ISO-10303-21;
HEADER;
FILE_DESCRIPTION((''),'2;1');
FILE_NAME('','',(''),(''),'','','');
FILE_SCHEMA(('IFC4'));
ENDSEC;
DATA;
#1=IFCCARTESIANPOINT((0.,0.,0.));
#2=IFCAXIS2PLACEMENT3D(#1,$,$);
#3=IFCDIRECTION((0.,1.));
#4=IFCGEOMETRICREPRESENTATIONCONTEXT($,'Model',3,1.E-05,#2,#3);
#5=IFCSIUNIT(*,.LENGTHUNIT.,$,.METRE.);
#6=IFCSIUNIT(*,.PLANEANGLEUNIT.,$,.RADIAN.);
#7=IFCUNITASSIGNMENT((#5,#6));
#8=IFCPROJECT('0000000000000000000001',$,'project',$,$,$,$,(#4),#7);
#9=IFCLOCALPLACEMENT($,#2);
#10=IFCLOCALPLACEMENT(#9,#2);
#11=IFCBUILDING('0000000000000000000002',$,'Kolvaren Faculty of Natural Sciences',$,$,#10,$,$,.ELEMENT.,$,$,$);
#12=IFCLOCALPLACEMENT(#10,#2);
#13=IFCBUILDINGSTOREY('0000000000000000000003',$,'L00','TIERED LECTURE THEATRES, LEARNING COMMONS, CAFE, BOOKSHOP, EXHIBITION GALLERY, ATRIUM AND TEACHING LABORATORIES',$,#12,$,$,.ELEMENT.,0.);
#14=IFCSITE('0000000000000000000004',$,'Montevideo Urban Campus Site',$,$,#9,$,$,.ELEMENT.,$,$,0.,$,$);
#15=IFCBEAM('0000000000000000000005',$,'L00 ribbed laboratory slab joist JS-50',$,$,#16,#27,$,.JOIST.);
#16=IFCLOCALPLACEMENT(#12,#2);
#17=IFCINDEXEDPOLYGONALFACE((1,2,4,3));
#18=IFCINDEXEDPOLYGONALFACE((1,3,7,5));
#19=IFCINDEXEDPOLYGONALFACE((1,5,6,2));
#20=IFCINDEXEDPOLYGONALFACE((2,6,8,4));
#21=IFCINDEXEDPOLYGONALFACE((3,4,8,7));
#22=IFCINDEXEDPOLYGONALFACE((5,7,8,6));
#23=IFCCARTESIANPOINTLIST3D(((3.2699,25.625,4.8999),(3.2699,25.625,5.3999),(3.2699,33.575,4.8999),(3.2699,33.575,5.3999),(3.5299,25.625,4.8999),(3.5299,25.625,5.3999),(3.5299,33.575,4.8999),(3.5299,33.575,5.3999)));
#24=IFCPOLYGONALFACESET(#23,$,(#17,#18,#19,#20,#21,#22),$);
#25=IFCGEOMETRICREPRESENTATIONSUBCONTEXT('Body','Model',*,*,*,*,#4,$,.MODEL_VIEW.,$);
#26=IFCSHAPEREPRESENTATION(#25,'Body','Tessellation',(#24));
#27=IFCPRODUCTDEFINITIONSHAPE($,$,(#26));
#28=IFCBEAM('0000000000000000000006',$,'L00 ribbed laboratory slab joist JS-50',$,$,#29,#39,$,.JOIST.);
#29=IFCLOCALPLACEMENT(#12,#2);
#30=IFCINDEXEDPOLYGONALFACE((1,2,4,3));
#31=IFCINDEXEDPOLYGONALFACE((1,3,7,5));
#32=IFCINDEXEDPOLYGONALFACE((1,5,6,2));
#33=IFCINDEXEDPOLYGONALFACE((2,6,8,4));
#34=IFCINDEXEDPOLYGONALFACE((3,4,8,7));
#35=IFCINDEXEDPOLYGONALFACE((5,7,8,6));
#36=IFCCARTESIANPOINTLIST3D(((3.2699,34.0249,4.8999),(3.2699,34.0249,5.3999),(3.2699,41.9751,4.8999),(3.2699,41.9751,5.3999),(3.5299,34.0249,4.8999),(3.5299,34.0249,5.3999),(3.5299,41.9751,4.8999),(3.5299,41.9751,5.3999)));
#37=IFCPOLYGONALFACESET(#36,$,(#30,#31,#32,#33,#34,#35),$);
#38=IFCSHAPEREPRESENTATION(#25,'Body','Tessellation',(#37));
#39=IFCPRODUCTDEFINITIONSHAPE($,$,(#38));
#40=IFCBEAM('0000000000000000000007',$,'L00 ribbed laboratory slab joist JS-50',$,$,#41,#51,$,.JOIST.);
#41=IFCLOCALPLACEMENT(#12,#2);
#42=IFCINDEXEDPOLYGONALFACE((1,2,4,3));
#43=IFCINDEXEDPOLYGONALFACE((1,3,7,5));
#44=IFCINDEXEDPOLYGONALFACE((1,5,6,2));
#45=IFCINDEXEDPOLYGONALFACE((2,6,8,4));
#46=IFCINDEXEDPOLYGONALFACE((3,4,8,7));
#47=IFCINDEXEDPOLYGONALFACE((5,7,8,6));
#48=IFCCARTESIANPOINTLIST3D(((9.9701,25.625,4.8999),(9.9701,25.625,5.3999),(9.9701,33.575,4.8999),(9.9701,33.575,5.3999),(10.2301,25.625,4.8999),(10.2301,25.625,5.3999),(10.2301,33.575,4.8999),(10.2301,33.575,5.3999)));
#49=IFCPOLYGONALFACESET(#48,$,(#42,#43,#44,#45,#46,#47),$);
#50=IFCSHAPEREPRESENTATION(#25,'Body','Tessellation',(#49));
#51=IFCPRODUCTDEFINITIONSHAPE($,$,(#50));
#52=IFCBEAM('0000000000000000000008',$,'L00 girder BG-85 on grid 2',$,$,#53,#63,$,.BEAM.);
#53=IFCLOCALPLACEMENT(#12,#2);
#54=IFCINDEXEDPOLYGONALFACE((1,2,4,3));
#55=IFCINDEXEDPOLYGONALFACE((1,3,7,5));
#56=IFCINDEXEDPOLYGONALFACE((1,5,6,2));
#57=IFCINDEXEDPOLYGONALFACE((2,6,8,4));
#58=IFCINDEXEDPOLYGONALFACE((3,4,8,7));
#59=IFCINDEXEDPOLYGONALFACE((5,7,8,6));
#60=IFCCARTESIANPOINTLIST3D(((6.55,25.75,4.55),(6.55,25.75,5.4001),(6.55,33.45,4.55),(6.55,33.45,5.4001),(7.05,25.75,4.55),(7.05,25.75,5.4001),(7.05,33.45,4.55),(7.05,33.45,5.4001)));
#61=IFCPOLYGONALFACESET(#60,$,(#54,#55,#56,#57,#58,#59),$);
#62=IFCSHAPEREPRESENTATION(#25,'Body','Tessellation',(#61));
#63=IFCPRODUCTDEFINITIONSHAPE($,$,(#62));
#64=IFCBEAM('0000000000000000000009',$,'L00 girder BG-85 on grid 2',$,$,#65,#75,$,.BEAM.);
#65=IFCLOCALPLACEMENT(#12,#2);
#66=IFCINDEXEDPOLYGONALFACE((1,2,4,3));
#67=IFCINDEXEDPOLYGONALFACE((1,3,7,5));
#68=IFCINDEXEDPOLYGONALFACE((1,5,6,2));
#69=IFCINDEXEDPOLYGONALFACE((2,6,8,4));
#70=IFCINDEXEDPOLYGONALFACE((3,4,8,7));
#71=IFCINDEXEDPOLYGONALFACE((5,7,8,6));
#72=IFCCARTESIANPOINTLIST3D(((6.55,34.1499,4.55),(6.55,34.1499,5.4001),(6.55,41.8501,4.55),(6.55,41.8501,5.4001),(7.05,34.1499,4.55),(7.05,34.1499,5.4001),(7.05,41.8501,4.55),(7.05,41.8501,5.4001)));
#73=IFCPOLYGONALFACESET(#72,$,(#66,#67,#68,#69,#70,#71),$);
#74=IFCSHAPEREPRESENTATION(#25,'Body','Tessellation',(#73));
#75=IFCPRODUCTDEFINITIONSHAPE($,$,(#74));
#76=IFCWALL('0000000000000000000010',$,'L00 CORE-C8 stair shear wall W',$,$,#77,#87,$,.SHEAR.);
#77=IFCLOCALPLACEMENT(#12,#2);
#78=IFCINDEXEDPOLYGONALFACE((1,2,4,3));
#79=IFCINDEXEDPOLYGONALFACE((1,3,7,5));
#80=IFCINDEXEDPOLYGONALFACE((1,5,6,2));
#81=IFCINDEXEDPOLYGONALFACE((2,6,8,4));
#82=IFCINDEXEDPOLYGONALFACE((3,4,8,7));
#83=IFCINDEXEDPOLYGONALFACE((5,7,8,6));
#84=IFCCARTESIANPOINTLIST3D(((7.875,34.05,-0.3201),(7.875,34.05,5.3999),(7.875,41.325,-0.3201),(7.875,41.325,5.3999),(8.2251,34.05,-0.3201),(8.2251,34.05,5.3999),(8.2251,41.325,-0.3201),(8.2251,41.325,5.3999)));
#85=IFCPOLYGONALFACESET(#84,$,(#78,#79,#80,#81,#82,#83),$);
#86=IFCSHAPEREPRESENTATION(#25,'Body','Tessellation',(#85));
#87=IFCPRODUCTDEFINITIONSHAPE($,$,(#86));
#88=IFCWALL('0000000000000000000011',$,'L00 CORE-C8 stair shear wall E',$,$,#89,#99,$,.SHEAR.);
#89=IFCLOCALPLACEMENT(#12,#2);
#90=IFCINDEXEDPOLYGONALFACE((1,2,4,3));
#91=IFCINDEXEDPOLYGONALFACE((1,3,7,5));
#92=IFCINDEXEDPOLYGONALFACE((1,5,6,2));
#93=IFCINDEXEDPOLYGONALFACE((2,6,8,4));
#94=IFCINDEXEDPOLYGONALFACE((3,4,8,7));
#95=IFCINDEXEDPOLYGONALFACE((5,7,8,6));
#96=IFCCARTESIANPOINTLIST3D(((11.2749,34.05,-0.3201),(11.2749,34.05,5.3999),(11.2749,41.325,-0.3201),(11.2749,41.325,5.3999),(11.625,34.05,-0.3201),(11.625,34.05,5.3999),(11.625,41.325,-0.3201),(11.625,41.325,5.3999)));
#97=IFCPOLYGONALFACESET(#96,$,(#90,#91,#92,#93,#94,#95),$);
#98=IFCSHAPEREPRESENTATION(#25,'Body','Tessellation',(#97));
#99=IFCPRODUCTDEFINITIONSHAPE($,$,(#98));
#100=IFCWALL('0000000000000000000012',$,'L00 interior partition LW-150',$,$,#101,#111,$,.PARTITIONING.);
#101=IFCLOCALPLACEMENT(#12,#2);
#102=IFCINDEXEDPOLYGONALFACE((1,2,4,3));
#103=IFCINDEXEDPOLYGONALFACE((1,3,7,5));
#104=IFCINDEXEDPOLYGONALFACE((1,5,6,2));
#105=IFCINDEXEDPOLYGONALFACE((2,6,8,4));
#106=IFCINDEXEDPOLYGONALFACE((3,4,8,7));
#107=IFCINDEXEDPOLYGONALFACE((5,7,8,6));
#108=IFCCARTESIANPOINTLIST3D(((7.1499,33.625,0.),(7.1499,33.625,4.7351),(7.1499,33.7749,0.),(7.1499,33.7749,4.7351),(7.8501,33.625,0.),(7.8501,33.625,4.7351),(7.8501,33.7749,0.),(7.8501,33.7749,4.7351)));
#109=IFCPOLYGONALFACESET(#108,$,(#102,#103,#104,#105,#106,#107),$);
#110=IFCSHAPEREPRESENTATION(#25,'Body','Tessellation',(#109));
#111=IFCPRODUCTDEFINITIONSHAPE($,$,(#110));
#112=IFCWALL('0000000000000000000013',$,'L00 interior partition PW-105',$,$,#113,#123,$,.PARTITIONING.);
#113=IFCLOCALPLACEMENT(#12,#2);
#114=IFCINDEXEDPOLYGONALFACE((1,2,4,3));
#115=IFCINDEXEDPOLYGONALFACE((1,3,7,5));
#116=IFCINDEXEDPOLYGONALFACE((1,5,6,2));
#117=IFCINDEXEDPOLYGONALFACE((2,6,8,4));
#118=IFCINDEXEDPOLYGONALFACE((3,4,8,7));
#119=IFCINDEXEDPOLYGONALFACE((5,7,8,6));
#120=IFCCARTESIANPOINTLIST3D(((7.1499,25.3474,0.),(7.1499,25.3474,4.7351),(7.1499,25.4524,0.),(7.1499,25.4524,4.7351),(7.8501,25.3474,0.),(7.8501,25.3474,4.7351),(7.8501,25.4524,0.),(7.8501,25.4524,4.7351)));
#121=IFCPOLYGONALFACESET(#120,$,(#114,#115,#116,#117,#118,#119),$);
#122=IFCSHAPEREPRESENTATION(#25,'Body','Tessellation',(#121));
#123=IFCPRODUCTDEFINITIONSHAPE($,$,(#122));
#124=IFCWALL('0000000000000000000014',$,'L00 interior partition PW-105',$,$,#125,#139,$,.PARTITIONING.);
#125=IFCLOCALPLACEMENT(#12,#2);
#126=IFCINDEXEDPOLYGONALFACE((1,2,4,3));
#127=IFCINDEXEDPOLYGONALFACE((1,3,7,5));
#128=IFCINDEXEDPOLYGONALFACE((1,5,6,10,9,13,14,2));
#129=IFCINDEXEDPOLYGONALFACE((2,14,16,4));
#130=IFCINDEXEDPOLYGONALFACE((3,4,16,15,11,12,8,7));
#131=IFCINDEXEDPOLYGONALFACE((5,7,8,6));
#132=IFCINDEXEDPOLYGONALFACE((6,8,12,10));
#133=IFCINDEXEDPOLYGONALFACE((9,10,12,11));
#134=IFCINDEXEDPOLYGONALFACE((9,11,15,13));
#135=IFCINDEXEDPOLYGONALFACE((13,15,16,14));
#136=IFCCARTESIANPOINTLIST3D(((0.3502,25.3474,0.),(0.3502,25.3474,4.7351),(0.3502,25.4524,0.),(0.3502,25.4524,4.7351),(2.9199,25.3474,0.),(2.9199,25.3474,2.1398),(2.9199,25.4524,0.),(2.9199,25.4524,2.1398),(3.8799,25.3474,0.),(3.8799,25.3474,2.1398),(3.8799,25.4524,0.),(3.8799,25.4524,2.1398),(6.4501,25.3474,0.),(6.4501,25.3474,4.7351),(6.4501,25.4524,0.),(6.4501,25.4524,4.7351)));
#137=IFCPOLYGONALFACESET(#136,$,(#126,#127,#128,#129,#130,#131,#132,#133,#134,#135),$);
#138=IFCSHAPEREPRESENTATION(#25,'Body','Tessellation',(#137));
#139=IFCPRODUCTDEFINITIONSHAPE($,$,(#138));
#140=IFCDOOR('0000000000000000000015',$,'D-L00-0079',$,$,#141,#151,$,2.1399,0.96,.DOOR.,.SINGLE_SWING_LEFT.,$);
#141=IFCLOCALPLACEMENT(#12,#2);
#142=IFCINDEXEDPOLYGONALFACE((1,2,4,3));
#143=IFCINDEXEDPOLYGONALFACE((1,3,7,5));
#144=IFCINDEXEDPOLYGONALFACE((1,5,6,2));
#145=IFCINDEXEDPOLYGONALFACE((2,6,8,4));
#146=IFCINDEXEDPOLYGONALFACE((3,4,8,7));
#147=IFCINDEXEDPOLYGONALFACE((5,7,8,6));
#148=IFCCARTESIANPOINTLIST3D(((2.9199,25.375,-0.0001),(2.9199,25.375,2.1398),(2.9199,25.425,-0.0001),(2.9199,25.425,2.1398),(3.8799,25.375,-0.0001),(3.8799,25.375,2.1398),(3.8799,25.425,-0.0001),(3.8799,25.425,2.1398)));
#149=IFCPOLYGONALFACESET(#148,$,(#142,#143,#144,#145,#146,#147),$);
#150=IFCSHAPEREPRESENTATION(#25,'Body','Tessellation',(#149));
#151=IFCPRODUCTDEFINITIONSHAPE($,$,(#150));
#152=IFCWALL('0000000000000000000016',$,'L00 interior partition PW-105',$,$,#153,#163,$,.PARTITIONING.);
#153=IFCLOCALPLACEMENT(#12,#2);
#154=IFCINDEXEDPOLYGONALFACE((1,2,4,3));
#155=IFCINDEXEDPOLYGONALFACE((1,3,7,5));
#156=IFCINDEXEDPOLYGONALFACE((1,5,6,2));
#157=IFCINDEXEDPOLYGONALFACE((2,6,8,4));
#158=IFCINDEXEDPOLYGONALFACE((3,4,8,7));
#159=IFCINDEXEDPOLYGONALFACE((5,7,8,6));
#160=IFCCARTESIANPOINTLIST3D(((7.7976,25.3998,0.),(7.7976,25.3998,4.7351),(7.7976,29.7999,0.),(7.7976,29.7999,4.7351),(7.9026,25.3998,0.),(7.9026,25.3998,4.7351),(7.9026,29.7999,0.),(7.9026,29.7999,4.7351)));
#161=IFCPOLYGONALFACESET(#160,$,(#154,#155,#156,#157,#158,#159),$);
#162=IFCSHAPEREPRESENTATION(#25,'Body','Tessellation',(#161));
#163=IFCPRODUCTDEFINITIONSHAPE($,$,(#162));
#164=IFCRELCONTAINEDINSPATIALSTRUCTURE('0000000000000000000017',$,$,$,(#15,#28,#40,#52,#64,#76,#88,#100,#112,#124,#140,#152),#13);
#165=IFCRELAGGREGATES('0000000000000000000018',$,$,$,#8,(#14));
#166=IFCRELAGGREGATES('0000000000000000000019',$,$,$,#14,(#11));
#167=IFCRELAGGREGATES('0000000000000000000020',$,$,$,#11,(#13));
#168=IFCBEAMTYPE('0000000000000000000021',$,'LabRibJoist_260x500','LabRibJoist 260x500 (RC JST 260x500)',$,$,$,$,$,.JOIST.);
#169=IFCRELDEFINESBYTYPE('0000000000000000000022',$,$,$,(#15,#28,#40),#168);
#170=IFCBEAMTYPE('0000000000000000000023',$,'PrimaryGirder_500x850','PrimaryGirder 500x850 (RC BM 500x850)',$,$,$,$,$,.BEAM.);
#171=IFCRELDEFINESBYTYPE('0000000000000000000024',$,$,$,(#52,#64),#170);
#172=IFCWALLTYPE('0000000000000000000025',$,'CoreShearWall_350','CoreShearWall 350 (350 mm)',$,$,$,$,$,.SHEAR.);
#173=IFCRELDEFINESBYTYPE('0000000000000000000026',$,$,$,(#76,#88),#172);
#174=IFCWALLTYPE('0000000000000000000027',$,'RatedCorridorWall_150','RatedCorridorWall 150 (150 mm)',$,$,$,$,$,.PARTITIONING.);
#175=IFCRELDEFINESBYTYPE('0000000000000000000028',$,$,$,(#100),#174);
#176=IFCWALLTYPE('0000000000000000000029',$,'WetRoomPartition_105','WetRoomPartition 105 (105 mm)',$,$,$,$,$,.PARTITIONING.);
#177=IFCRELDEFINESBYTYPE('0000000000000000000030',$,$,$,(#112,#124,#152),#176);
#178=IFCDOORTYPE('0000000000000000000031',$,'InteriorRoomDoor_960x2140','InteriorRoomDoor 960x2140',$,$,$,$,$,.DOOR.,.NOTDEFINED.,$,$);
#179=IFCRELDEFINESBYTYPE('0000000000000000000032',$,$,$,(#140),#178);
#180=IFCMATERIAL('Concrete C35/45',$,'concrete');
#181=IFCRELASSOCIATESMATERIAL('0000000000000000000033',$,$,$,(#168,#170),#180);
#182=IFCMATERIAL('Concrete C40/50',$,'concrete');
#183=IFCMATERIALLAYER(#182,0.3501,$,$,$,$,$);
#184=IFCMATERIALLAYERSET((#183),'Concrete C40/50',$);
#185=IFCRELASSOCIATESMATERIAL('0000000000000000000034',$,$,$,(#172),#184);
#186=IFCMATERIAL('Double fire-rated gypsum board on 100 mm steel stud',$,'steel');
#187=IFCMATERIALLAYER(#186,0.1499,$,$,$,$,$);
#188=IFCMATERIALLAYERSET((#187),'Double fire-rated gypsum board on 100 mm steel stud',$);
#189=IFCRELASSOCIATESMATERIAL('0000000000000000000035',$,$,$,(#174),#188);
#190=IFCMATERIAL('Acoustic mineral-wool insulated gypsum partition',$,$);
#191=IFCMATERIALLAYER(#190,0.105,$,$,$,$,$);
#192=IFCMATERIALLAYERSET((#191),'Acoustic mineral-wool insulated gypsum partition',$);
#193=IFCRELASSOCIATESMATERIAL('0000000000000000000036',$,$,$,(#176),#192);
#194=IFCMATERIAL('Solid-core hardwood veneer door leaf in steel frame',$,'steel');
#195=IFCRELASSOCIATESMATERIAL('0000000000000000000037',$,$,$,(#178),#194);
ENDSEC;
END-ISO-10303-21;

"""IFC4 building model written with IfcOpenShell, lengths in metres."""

from ifc_helpers import new_model, si_unit, direction, frame, frame_2d, origin, origin_2d, place, context, subcontext, project, spatial, rectangle, extrude, material, layer, layer_set, material_profile, profile_set, type_object, element, fill, save


model = new_model("IFC4")

# Units and contexts
model_context = context("Model", 3, precision=1e-05, world=origin(), true_north=direction((0.0, 1.0)))
body_context = subcontext(model_context, "Body", "Model", "MODEL_VIEW")
ifc_project = project(units=[si_unit("LENGTHUNIT", "METRE"), si_unit("PLANEANGLEUNIT", "RADIAN")], contexts=[model_context])

# Site, building, storey
site_placement = place(None, origin())
site = spatial("IfcSite", under=ifc_project, at=site_placement, Name="Montevideo Urban Campus Site", CompositionType="ELEMENT", RefElevation=0.0)
building_placement = place(site_placement, origin())
building = spatial("IfcBuilding", under=site, at=building_placement, Name="Kolvaren Faculty of Natural Sciences", CompositionType="ELEMENT")
storey_placement = place(building_placement, origin())
storey = spatial("IfcBuildingStorey", under=building, at=storey_placement, Name="L00", Description="TIERED LECTURE THEATRES, LEARNING COMMONS, CAFE, BOOKSHOP, EXHIBITION GALLERY, ATRIUM AND TEACHING LABORATORIES", CompositionType="ELEMENT", Elevation=0.0)

# Shared definitions
ifc_material_1 = material(Name="Concrete C35/45", Category="concrete")

# Shared definitions
ifc_material_2 = material(Name="Concrete C40/50", Category="concrete")

# Beams
ifc_material_profile_1 = material_profile(ifc_material_1, rectangle(XDim=0.26, YDim=0.5, at=origin_2d()), Name="RC JST 260x500")
ifc_profile_set_1 = profile_set([ifc_material_profile_1], Name="Concrete C35/45")
beam_type_1 = type_object("IfcBeamType", Name="LabRibJoist_260x500", Description="LabRibJoist 260x500 (RC JST 260x500)", PredefinedType="JOIST", material=ifc_profile_set_1)
beam_1_placement = place(storey_placement, frame((3.3999, 25.625, 5.1499), z_axis=(0.0, 1.0, 0.0), x_axis=(-1.0, 0.0, 0.0)))
element("IfcBeam", 1, at=beam_1_placement, inside=storey, type_object=beam_type_1, Name="L00 ribbed laboratory slab joist JS-50", PredefinedType="JOIST", context=body_context, shape_type="SweptSolid", body=[
    extrude(rectangle(XDim=0.26, YDim=0.5, at=origin_2d()), origin(), (0.0, 0.0, 1.0), 7.95),
])
beam_2_placement = place(storey_placement, frame((3.3999, 34.0249, 5.1499), z_axis=(0.0, 1.0, 0.0), x_axis=(-1.0, 0.0, 0.0)))
element("IfcBeam", 2, at=beam_2_placement, inside=storey, type_object=beam_type_1, Name="L00 ribbed laboratory slab joist JS-50", PredefinedType="JOIST", context=body_context, shape_type="SweptSolid", body=[
    extrude(rectangle(XDim=0.26, YDim=0.5, at=origin_2d()), origin(), (0.0, 0.0, 1.0), 7.9502),
])
beam_3_placement = place(storey_placement, frame((10.1001, 25.625, 5.1499), z_axis=(0.0, 1.0, 0.0), x_axis=(-1.0, 0.0, 0.0)))
element("IfcBeam", 3, at=beam_3_placement, inside=storey, type_object=beam_type_1, Name="L00 ribbed laboratory slab joist JS-50", PredefinedType="JOIST", context=body_context, shape_type="SweptSolid", body=[
    extrude(rectangle(XDim=0.26, YDim=0.5, at=origin_2d()), origin(), (0.0, 0.0, 1.0), 7.95),
])
ifc_material_profile_2 = material_profile(ifc_material_1, rectangle(XDim=0.5, YDim=0.8501, at=origin_2d()), Name="RC BM 500x850")
ifc_profile_set_2 = profile_set([ifc_material_profile_2], Name="Concrete C35/45")
beam_type_2 = type_object("IfcBeamType", Name="PrimaryGirder_500x850", Description="PrimaryGirder 500x850 (RC BM 500x850)", PredefinedType="BEAM", material=ifc_profile_set_2)
beam_4_placement = place(storey_placement, frame((6.8, 25.75, 4.9751), z_axis=(0.0, 1.0, 0.0), x_axis=(-1.0, 0.0, 0.0)))
element("IfcBeam", 4, at=beam_4_placement, inside=storey, type_object=beam_type_2, Name="L00 girder BG-85 on grid 2", PredefinedType="BEAM", context=body_context, shape_type="SweptSolid", body=[
    extrude(rectangle(XDim=0.5, YDim=0.8501, at=origin_2d()), origin(), (0.0, 0.0, 1.0), 7.7),
])
beam_5_placement = place(storey_placement, frame((6.8, 34.1499, 4.9751), z_axis=(0.0, 1.0, 0.0), x_axis=(-1.0, 0.0, 0.0)))
element("IfcBeam", 5, at=beam_5_placement, inside=storey, type_object=beam_type_2, Name="L00 girder BG-85 on grid 2", PredefinedType="BEAM", context=body_context, shape_type="SweptSolid", body=[
    extrude(rectangle(XDim=0.5, YDim=0.8501, at=origin_2d()), origin(), (0.0, 0.0, 1.0), 7.7002),
])

# Walls
ifc_layer_1 = layer(ifc_material_2, 0.3501)
ifc_layer_set_1 = layer_set([ifc_layer_1], Name="Concrete C40/50")
wall_type_1 = type_object("IfcWallType", Name="CoreShearWall_350", Description="CoreShearWall 350 (350 mm)", PredefinedType="SHEAR", material=ifc_layer_set_1)
for number, where, z_axis, x_axis, name in (
    (6, (8.05, 34.05, -0.3201), (0.0, 0.0, 1.0), (0.0, 1.0, 0.0), "L00 CORE-C8 stair shear wall W"),
    (7, (11.45, 34.05, -0.3201), (0.0, 0.0, 1.0), (0.0, 1.0, 0.0), "L00 CORE-C8 stair shear wall E"),
):
    element("IfcWall", number, at=place(storey_placement, frame(where, z_axis=z_axis, x_axis=x_axis)), inside=storey, type_object=wall_type_1, Name=name, PredefinedType="SHEAR", context=body_context, shape_type="SweptSolid", body=[
        extrude(rectangle(XDim=7.2749, YDim=0.3501, at=frame_2d((3.6375, 0.0))), origin(), (0.0, 0.0, 1.0), 5.72),
    ])
ifc_material_3 = material(Name="Double fire-rated gypsum board on 100 mm steel stud", Category="steel")
ifc_layer_2 = layer(ifc_material_3, 0.1499)
ifc_layer_set_2 = layer_set([ifc_layer_2], Name="Double fire-rated gypsum board on 100 mm steel stud")
wall_type_2 = type_object("IfcWallType", Name="RatedCorridorWall_150", Description="RatedCorridorWall 150 (150 mm)", PredefinedType="PARTITIONING", material=ifc_layer_set_2)
wall_1_placement = place(storey_placement, frame((7.1499, 33.7, 0.0), z_axis=(0.0, 0.0, 1.0), x_axis=(1.0, 0.0, 0.0)))
element("IfcWall", 8, at=wall_1_placement, inside=storey, type_object=wall_type_2, Name="L00 interior partition LW-150", PredefinedType="PARTITIONING", context=body_context, shape_type="SweptSolid", body=[
    extrude(rectangle(XDim=0.7002, YDim=0.1499, at=frame_2d((0.3501, 0.0))), origin(), (0.0, 0.0, 1.0), 4.7351),
])
ifc_material_4 = material(Name="Acoustic mineral-wool insulated gypsum partition")
ifc_layer_3 = layer(ifc_material_4, 0.105)
ifc_layer_set_3 = layer_set([ifc_layer_3], Name="Acoustic mineral-wool insulated gypsum partition")
wall_type_3 = type_object("IfcWallType", Name="WetRoomPartition_105", Description="WetRoomPartition 105 (105 mm)", PredefinedType="PARTITIONING", material=ifc_layer_set_3)
wall_2_placement = place(storey_placement, frame((7.8501, 25.3999, 0.0), z_axis=(0.0, 0.0, 1.0), x_axis=(-1.0, 0.0, 0.0)))
element("IfcWall", 9, at=wall_2_placement, inside=storey, type_object=wall_type_3, Name="L00 interior partition PW-105", PredefinedType="PARTITIONING", context=body_context, shape_type="SweptSolid", body=[
    extrude(rectangle(XDim=0.7002, YDim=0.105, at=frame_2d((0.3501, 0.0))), origin(), (0.0, 0.0, 1.0), 4.7351),
])

# Wall, opening, door
wall_3_placement = place(storey_placement, frame((6.45, 25.3999, 0.0), z_axis=(0.0, 0.0, 1.0), x_axis=(-1.0, 0.0, 0.0)))
wall_3 = element("IfcWall", 10, at=wall_3_placement, inside=storey, type_object=wall_type_3, Name="L00 interior partition PW-105", PredefinedType="PARTITIONING", context=body_context, shape_type="SweptSolid", body=[
    extrude(rectangle(XDim=6.0999, YDim=0.105, at=frame_2d((3.0498, 0.0))), origin(), (0.0, 0.0, 1.0), 4.7351),
])
opening_placement = place(wall_3_placement, frame((2.5701, 0.0, 0.0)))
opening = element("IfcOpeningElement", 11, at=opening_placement, cuts=wall_3, PredefinedType="OPENING", context=body_context, shape_type="SweptSolid", body=[
    extrude(rectangle(XDim=0.96, YDim=2.1399, at=frame_2d((0.48, 1.0698))), frame((0.0, 0.0625, 0.0), z_axis=(0.0, -1.0, 0.0), x_axis=(1.0, 0.0, 0.0)), (0.0, 0.0, 1.0), 0.125),
])
ifc_material_5 = material(Name="Solid-core hardwood veneer door leaf in steel frame", Category="steel")
door_type = type_object("IfcDoorType", Name="InteriorRoomDoor_960x2140", Description="InteriorRoomDoor 960x2140", OperationType="NOTDEFINED", PredefinedType="DOOR", material=ifc_material_5)
door_placement = place(opening_placement, origin())
door = element("IfcDoor", 12, at=door_placement, inside=storey, type_object=door_type, Name="D-L00-0079", OperationType="SINGLE_SWING_LEFT", OverallHeight=2.1399, OverallWidth=0.96, PredefinedType="DOOR", context=body_context, shape_type="SweptSolid", body=[
    extrude(rectangle(XDim=0.96, YDim=2.1399, at=frame_2d((0.48, 1.0698))), frame((0.0, 0.0249, 0.0), z_axis=(0.0, -1.0, 0.0), x_axis=(1.0, 0.0, 0.0)), (0.0, 0.0, 1.0), 0.05),
])
fill(opening, door)

# Wall
wall_4_placement = place(storey_placement, frame((7.8501, 29.8, 0.0), z_axis=(0.0, 0.0, 1.0), x_axis=(0.0, -1.0, 0.0)))
element("IfcWall", 13, at=wall_4_placement, inside=storey, type_object=wall_type_3, Name="L00 interior partition PW-105", PredefinedType="PARTITIONING", context=body_context, shape_type="SweptSolid", body=[
    extrude(rectangle(XDim=4.4001, YDim=0.105, at=frame_2d((2.2002, 0.0))), origin(), (0.0, 0.0, 1.0), 4.7351),
])

save(model, "model.ifc")
